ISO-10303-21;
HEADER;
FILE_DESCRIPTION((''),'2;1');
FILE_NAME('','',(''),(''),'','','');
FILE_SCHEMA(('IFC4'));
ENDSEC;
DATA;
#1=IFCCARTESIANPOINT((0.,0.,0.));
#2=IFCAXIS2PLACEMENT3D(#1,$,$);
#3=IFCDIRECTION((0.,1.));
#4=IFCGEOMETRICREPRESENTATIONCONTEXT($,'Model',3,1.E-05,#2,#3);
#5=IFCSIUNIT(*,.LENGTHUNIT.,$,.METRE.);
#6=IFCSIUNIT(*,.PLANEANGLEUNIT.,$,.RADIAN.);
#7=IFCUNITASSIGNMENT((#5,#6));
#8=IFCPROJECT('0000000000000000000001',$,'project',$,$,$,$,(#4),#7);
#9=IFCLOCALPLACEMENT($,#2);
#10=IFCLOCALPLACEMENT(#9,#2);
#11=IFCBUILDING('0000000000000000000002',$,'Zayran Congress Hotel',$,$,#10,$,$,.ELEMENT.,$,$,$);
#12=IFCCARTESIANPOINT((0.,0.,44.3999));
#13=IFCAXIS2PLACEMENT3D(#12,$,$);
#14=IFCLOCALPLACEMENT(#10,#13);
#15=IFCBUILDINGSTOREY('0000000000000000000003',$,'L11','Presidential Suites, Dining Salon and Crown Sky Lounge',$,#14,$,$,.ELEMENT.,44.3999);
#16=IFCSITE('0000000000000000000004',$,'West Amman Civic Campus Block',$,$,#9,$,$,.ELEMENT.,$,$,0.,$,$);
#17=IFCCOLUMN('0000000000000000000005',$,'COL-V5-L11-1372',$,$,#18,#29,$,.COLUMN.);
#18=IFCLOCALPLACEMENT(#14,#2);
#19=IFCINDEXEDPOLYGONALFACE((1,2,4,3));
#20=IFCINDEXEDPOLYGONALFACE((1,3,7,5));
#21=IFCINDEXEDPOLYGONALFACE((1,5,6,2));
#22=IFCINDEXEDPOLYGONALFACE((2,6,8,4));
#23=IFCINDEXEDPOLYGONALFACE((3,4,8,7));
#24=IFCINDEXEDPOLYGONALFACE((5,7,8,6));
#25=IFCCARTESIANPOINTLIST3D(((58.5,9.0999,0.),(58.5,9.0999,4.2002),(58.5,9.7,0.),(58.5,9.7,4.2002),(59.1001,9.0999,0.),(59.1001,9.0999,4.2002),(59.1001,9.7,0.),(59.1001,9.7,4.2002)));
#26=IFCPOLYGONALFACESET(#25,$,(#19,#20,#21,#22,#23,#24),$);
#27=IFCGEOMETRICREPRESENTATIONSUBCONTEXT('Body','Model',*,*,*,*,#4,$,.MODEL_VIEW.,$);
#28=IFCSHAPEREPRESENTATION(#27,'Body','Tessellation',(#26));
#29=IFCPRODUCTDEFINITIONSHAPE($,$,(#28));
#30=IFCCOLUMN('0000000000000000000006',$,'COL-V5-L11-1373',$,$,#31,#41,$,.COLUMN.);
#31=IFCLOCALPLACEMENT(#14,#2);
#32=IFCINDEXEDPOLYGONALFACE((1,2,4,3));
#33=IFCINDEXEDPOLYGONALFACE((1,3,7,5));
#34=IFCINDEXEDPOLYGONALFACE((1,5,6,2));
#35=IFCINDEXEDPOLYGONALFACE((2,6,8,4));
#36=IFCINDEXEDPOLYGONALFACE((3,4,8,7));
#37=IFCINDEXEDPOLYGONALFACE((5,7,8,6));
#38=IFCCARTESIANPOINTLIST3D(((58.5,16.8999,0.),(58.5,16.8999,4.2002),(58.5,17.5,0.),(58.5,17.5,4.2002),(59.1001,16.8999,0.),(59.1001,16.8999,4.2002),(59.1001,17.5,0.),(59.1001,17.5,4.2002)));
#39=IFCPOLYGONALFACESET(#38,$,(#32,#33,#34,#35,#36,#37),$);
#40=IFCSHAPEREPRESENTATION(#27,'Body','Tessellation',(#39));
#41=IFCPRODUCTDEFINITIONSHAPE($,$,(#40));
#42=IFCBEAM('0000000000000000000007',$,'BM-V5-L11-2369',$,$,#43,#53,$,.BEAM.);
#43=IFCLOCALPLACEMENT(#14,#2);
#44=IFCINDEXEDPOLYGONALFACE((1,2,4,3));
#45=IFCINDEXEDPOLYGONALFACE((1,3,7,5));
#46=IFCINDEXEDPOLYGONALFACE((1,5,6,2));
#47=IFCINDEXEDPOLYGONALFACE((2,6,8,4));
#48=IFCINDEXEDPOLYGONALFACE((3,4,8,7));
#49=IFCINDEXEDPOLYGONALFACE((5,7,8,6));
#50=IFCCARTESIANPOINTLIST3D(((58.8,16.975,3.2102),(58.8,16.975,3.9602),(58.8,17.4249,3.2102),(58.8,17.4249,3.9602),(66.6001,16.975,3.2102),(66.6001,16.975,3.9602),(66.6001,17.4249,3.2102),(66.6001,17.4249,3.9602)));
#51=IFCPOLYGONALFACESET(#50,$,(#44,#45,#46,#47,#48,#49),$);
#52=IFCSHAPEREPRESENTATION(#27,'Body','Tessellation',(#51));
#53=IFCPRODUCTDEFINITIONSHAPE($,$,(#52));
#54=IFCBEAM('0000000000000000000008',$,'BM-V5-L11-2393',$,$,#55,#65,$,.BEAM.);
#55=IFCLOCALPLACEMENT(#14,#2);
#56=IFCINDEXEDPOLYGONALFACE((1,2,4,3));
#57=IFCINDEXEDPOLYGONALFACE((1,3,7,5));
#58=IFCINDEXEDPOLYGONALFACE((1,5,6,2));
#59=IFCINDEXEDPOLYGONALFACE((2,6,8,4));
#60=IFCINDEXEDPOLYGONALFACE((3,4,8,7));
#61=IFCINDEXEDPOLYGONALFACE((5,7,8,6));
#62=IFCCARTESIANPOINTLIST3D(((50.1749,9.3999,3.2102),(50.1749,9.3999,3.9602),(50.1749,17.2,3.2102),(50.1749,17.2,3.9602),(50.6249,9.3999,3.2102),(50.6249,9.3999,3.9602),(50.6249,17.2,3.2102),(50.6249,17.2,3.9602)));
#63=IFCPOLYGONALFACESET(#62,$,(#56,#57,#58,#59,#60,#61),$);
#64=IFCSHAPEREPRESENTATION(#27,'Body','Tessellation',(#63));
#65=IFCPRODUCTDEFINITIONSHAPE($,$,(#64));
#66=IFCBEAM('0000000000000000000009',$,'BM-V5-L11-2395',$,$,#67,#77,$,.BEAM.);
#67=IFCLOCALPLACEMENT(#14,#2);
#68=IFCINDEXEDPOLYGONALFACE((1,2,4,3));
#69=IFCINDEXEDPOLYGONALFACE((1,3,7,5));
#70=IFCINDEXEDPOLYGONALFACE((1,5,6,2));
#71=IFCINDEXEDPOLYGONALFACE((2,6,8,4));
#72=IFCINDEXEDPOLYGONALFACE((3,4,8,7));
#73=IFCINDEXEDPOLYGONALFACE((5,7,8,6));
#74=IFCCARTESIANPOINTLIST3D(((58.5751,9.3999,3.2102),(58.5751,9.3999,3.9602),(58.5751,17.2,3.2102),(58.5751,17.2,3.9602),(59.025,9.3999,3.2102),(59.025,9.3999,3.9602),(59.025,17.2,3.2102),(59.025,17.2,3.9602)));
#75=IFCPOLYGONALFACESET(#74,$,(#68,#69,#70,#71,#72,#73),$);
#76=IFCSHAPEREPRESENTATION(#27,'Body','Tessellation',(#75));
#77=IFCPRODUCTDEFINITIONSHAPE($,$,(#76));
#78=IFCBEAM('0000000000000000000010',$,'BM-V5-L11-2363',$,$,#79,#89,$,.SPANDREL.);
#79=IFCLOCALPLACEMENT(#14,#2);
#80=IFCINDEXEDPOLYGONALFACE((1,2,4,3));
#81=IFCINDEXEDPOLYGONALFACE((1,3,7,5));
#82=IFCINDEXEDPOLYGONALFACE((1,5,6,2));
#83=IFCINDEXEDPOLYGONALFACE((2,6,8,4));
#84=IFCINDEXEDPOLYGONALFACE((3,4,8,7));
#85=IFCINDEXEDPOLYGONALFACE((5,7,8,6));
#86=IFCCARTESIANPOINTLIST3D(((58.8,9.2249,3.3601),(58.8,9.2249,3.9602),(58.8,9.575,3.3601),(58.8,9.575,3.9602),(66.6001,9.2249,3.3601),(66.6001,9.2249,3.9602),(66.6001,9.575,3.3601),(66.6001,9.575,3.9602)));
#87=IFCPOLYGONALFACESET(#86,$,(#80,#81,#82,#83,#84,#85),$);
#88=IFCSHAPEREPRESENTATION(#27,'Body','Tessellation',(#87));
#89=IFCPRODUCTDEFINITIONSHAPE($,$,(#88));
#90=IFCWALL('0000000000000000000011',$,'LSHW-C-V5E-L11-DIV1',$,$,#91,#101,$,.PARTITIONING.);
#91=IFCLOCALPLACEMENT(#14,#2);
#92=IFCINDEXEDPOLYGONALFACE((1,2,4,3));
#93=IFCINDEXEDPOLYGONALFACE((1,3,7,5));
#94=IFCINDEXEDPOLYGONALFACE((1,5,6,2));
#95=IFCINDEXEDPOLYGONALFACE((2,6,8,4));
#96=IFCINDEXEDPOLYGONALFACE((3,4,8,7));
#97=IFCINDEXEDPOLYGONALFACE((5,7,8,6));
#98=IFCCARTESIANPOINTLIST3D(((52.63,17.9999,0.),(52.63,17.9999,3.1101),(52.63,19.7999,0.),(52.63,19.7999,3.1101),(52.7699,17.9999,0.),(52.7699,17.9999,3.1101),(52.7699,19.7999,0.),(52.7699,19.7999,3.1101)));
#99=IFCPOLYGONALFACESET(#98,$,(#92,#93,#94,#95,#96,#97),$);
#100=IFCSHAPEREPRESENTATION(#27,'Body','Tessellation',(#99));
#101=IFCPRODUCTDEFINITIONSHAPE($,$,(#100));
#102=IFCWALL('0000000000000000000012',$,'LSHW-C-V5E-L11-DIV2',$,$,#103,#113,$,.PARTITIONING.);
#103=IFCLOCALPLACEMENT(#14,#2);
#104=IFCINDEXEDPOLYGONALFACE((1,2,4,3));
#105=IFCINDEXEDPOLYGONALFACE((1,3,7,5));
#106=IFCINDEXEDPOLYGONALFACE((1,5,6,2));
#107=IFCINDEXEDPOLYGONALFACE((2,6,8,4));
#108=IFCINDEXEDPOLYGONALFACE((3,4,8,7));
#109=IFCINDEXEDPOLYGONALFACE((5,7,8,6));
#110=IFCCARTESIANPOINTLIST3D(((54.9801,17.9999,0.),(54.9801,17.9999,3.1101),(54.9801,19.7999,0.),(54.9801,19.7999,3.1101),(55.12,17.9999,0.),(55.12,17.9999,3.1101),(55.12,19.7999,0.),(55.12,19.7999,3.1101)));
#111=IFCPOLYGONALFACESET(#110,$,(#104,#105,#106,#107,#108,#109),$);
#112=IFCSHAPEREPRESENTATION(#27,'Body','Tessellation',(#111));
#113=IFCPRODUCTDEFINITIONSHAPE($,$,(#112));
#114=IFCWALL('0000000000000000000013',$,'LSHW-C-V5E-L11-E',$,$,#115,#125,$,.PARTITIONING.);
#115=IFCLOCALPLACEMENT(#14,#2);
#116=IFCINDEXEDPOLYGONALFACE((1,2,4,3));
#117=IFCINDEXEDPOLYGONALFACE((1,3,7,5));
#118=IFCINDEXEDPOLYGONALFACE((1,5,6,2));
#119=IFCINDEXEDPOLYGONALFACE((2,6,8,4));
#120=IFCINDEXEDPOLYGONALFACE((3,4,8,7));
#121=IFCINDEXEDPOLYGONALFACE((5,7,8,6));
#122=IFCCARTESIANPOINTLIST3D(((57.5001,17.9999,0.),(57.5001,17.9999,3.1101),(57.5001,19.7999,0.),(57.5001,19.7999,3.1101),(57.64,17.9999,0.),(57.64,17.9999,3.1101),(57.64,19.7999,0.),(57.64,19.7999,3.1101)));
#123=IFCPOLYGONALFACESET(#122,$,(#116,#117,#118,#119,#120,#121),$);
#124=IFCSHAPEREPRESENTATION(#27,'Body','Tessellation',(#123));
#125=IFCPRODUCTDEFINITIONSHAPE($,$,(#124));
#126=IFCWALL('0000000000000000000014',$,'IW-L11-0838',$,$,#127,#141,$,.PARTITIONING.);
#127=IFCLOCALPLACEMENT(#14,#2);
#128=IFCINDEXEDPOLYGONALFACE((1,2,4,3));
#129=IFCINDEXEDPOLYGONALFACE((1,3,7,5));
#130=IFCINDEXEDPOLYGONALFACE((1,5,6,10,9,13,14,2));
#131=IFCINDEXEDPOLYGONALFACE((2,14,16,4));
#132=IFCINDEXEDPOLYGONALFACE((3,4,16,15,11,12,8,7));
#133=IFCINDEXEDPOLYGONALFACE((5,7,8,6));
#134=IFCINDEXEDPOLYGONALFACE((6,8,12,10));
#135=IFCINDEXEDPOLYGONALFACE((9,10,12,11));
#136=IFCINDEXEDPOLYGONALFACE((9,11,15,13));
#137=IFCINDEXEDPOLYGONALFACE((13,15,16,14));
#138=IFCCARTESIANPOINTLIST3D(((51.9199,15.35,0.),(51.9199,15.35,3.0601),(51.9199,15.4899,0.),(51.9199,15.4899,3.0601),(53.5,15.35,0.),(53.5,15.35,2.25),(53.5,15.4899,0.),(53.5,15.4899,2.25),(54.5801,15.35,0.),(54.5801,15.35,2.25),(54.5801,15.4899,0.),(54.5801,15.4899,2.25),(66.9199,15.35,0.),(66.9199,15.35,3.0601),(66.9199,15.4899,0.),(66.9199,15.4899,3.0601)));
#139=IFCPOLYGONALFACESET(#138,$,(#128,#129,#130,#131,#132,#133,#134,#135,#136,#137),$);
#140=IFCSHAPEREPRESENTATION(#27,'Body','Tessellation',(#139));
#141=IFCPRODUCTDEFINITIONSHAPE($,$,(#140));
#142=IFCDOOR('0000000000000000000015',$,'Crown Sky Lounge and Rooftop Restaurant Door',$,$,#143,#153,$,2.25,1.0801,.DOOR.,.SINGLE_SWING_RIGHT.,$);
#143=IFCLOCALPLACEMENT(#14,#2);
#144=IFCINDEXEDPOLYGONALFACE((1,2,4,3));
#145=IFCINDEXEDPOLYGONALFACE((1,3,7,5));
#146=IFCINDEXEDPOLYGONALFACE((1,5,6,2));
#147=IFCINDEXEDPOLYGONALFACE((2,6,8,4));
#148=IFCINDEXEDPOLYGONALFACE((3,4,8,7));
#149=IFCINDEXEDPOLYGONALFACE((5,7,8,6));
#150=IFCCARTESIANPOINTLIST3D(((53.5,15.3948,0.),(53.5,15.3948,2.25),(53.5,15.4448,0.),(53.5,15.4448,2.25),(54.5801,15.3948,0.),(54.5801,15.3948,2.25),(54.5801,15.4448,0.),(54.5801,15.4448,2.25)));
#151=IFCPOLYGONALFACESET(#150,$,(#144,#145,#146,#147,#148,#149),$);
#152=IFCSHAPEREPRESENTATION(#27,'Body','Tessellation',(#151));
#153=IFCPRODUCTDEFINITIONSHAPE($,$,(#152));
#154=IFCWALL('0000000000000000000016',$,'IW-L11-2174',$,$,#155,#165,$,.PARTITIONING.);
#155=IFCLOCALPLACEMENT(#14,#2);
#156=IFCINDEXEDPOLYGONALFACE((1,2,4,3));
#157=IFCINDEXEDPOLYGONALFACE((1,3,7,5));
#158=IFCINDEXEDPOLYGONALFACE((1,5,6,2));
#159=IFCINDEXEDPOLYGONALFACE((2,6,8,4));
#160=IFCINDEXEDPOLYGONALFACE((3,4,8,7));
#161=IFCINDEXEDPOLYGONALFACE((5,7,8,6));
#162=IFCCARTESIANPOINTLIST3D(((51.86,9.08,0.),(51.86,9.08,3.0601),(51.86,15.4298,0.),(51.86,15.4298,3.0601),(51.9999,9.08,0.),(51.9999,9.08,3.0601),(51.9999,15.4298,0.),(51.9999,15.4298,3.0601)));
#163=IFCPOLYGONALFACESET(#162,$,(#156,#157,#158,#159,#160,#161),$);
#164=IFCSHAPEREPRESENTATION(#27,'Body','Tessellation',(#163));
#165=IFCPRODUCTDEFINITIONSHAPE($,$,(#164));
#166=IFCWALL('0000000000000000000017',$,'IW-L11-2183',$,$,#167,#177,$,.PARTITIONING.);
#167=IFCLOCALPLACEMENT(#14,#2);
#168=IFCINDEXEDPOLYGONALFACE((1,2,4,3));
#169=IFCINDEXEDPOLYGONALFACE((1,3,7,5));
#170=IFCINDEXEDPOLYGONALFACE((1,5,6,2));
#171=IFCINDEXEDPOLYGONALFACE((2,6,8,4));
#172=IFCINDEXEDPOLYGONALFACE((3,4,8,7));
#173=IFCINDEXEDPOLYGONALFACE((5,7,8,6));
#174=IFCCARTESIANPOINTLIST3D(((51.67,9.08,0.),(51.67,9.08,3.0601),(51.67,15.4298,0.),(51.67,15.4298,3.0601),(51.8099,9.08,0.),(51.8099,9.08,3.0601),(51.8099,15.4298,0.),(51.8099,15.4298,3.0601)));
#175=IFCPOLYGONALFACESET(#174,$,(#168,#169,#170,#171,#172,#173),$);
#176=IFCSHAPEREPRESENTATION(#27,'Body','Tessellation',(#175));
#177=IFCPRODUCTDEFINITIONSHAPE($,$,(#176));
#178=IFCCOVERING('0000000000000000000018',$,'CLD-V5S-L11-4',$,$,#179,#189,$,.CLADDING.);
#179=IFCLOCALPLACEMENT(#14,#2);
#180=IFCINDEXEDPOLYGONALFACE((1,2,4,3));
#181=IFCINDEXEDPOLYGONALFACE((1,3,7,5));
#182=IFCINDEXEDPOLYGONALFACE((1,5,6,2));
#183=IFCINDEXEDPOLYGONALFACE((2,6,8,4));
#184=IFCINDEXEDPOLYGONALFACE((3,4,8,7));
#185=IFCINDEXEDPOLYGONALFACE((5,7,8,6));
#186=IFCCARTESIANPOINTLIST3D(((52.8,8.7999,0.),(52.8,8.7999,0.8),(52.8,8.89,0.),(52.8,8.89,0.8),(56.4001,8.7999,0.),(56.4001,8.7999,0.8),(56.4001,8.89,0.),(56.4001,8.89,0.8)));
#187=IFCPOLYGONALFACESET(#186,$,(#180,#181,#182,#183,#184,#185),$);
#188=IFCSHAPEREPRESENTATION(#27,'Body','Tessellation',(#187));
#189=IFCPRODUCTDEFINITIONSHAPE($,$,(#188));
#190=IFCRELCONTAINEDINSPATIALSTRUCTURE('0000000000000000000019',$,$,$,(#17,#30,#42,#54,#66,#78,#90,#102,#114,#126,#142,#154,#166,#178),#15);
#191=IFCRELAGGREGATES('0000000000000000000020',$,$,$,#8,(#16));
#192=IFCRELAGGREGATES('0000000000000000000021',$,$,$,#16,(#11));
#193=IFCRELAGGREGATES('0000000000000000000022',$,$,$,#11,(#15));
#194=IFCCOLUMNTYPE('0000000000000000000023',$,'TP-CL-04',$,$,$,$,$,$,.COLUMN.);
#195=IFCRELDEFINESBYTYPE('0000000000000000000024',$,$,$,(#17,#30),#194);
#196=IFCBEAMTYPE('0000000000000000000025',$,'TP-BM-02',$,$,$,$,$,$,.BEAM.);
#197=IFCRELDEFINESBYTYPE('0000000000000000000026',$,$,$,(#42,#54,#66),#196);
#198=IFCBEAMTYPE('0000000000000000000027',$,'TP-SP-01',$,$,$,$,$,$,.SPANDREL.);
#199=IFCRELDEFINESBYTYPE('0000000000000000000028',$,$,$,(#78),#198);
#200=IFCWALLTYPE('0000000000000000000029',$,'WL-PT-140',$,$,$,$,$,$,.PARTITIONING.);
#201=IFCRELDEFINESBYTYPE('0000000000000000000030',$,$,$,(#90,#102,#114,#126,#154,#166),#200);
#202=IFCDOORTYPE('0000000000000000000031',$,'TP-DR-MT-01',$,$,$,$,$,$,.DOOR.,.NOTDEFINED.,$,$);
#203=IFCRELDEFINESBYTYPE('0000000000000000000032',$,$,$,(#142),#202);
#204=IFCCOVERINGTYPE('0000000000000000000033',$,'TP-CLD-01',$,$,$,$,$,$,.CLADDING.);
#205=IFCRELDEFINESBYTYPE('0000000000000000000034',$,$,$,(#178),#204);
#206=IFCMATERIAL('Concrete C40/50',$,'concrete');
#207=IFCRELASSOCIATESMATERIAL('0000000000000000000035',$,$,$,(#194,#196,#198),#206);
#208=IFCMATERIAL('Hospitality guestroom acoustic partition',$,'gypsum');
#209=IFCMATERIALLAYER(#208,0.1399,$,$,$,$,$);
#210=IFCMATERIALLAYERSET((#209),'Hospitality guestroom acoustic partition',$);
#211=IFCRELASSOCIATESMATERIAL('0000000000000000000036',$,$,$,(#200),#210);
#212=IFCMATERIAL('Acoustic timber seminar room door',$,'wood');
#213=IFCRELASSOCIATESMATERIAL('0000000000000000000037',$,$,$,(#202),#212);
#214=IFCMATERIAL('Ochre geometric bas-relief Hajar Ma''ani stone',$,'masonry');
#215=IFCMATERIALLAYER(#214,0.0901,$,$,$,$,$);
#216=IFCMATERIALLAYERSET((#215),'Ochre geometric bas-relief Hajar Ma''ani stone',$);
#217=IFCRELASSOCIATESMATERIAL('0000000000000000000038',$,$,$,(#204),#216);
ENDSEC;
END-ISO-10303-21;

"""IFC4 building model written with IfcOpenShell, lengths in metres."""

from ifc_helpers import new_model, si_unit, direction, frame, frame_2d, origin, origin_2d, place, context, subcontext, project, spatial, rectangle, extrude, material, layer, layer_set, material_profile, profile_set, type_object, element, fill, save


model = new_model("IFC4")

# Units and contexts
model_context = context("Model", 3, precision=1e-05, world=origin(), true_north=direction((0.0, 1.0)))
body_context = subcontext(model_context, "Body", "Model", "MODEL_VIEW")
ifc_project = project(units=[si_unit("LENGTHUNIT", "METRE"), si_unit("PLANEANGLEUNIT", "RADIAN")], contexts=[model_context])

# Site, building, storey
site_placement = place(None, origin())
site = spatial("IfcSite", under=ifc_project, at=site_placement, Name="West Amman Civic Campus Block", CompositionType="ELEMENT", RefElevation=0.0)
building_placement = place(site_placement, origin())
building = spatial("IfcBuilding", under=site, at=building_placement, Name="Zayran Congress Hotel", CompositionType="ELEMENT")
storey_placement = place(building_placement, frame((0.0, 0.0, 44.3999)))
storey = spatial("IfcBuildingStorey", under=building, at=storey_placement, Name="L11", Description="Presidential Suites, Dining Salon and Crown Sky Lounge", CompositionType="ELEMENT", Elevation=44.3999)

# Columns
ifc_material_1 = material(Name="Concrete C40/50", Category="concrete")
ifc_material_profile_1 = material_profile(ifc_material_1, rectangle(XDim=0.6001, YDim=0.6001, at=origin_2d()), Name="RC 600x600")
ifc_profile_set_1 = profile_set([ifc_material_profile_1], Name="Concrete C40/50")
column_type = type_object("IfcColumnType", Name="TP-CL-04", PredefinedType="COLUMN", material=ifc_profile_set_1)
for number, where, z_axis, x_axis, name in (
    (1, (58.8, 9.3999, 0.0), (0.0, 0.0, 1.0), (1.0, 0.0, 0.0), "COL-V5-L11-1372"),
    (2, (58.8, 17.2, 0.0), (0.0, 0.0, 1.0), (1.0, 0.0, 0.0), "COL-V5-L11-1373"),
):
    element("IfcColumn", number, at=place(storey_placement, frame(where, z_axis=z_axis, x_axis=x_axis)), inside=storey, type_object=column_type, Name=name, PredefinedType="COLUMN", context=body_context, shape_type="SweptSolid", body=[
        extrude(rectangle(XDim=0.6001, YDim=0.6001, at=origin_2d()), origin(), (0.0, 0.0, 1.0), 4.2002),
    ])

# Beams
ifc_material_profile_2 = material_profile(ifc_material_1, rectangle(XDim=0.45, YDim=0.75, at=origin_2d()), Name="RC 450x750")
ifc_profile_set_2 = profile_set([ifc_material_profile_2], Name="Concrete C40/50")
beam_type_1 = type_object("IfcBeamType", Name="TP-BM-02", PredefinedType="BEAM", material=ifc_profile_set_2)
for number, where, z_axis, x_axis, name in (
    (3, (58.8, 17.2, 3.5852), (1.0, 0.0, 0.0), (0.0, 1.0, 0.0), "BM-V5-L11-2369"),
    (4, (50.3999, 9.3999, 3.5852), (0.0, 1.0, 0.0), (-1.0, 0.0, 0.0), "BM-V5-L11-2393"),
    (5, (58.8, 9.3999, 3.5852), (0.0, 1.0, 0.0), (-1.0, 0.0, 0.0), "BM-V5-L11-2395"),
):
    element("IfcBeam", number, at=place(storey_placement, frame(where, z_axis=z_axis, x_axis=x_axis)), inside=storey, type_object=beam_type_1, Name=name, PredefinedType="BEAM", context=body_context, shape_type="SweptSolid", body=[
        extrude(rectangle(XDim=0.45, YDim=0.75, at=origin_2d()), origin(), (0.0, 0.0, 1.0), 7.8),
    ])
ifc_material_profile_3 = material_profile(ifc_material_1, rectangle(XDim=0.3501, YDim=0.6001, at=origin_2d()), Name="RC 350x600")
ifc_profile_set_3 = profile_set([ifc_material_profile_3], Name="Concrete C40/50")
beam_type_2 = type_object("IfcBeamType", Name="TP-SP-01", PredefinedType="SPANDREL", material=ifc_profile_set_3)
beam_placement = place(storey_placement, frame((58.8, 9.3999, 3.6602), z_axis=(1.0, 0.0, 0.0), x_axis=(0.0, 1.0, 0.0)))
element("IfcBeam", 6, at=beam_placement, inside=storey, type_object=beam_type_2, Name="BM-V5-L11-2363", PredefinedType="SPANDREL", context=body_context, shape_type="SweptSolid", body=[
    extrude(rectangle(XDim=0.3501, YDim=0.6001, at=origin_2d()), origin(), (0.0, 0.0, 1.0), 7.8),
])

# Walls
ifc_material_2 = material(Name="Hospitality guestroom acoustic partition", Category="gypsum")
ifc_layer_1 = layer(ifc_material_2, 0.1399)
ifc_layer_set_1 = layer_set([ifc_layer_1], Name="Hospitality guestroom acoustic partition")
wall_type = type_object("IfcWallType", Name="WL-PT-140", PredefinedType="PARTITIONING", material=ifc_layer_set_1)
for number, where, z_axis, x_axis, name in (
    (7, (52.7, 18.0, 0.0), (0.0, 0.0, 1.0), (0.0, 1.0, 0.0), "LSHW-C-V5E-L11-DIV1"),
    (8, (55.05, 18.0, 0.0), (0.0, 0.0, 1.0), (0.0, 1.0, 0.0), "LSHW-C-V5E-L11-DIV2"),
    (9, (57.5701, 18.0, 0.0), (0.0, 0.0, 1.0), (0.0, 1.0, 0.0), "LSHW-C-V5E-L11-E"),
):
    element("IfcWall", number, at=place(storey_placement, frame(where, z_axis=z_axis, x_axis=x_axis)), inside=storey, type_object=wall_type, Name=name, PredefinedType="PARTITIONING", context=body_context, shape_type="SweptSolid", body=[
        extrude(rectangle(XDim=1.8, YDim=0.1399, at=frame_2d((0.8999, 0.0))), origin(), (0.0, 0.0, 1.0), 3.1101),
    ])

# Wall, opening, door
wall_placement = place(storey_placement, frame((51.9199, 15.4199, 0.0), z_axis=(0.0, 0.0, 1.0), x_axis=(1.0, 0.0, 0.0)))
wall = element("IfcWall", 10, at=wall_placement, inside=storey, type_object=wall_type, Name="IW-L11-0838", PredefinedType="PARTITIONING", context=body_context, shape_type="SweptSolid", body=[
    extrude(rectangle(XDim=15.0, YDim=0.1399, at=frame_2d((7.5, 0.0))), origin(), (0.0, 0.0, 1.0), 3.0601),
])
opening_placement = place(wall_placement, frame((1.5801, 0.0, 0.0)))
opening = element("IfcOpeningElement", 11, at=opening_placement, cuts=wall, PredefinedType="OPENING", context=body_context, shape_type="SweptSolid", body=[
    extrude(rectangle(XDim=1.0801, YDim=2.25, at=frame_2d((0.54, 1.125))), frame((0.0, 0.0798, 0.0), z_axis=(0.0, -1.0, 0.0), x_axis=(1.0, 0.0, 0.0)), (0.0, 0.0, 1.0), 0.1599),
])
ifc_material_3 = material(Name="Acoustic timber seminar room door", Category="wood")
door_type = type_object("IfcDoorType", Name="TP-DR-MT-01", OperationType="NOTDEFINED", PredefinedType="DOOR", material=ifc_material_3)
door_placement = place(opening_placement, origin())
door = element("IfcDoor", 12, at=door_placement, inside=storey, type_object=door_type, Name="Crown Sky Lounge and Rooftop Restaurant Door", OperationType="SINGLE_SWING_RIGHT", OverallHeight=2.25, OverallWidth=1.0801, PredefinedType="DOOR", context=body_context, shape_type="SweptSolid", body=[
    extrude(rectangle(XDim=1.0801, YDim=2.25, at=frame_2d((0.54, 1.125))), frame((0.0, 0.0249, 0.0), z_axis=(0.0, -1.0, 0.0), x_axis=(1.0, 0.0, 0.0)), (0.0, 0.0, 1.0), 0.05),
])
fill(opening, door)

# Walls
for number, where, z_axis, x_axis, name in (
    (13, (51.9299, 9.0801, 0.0), (0.0, 0.0, 1.0), (0.0, 1.0, 0.0), "IW-L11-2174"),
    (14, (51.74, 9.0801, 0.0), (0.0, 0.0, 1.0), (0.0, 1.0, 0.0), "IW-L11-2183"),
):
    element("IfcWall", number, at=place(storey_placement, frame(where, z_axis=z_axis, x_axis=x_axis)), inside=storey, type_object=wall_type, Name=name, PredefinedType="PARTITIONING", context=body_context, shape_type="SweptSolid", body=[
        extrude(rectangle(XDim=6.3499, YDim=0.1399, at=frame_2d((3.1748, 0.0))), origin(), (0.0, 0.0, 1.0), 3.0601),
    ])

# Covering
ifc_material_4 = material(Name="Ochre geometric bas-relief Hajar Ma'ani stone", Category="masonry")
ifc_layer_2 = layer(ifc_material_4, 0.0901)
ifc_layer_set_2 = layer_set([ifc_layer_2], Name="Ochre geometric bas-relief Hajar Ma'ani stone")
covering_type = type_object("IfcCoveringType", Name="TP-CLD-01", PredefinedType="CLADDING", material=ifc_layer_set_2)
covering_placement = place(storey_placement, frame((54.6001, 8.845, 0.0), z_axis=(0.0, 0.0, 1.0), x_axis=(1.0, 0.0, 0.0)))
element("IfcCovering", 15, at=covering_placement, inside=storey, type_object=covering_type, Name="CLD-V5S-L11-4", PredefinedType="CLADDING", context=body_context, shape_type="SweptSolid", body=[
    extrude(rectangle(XDim=3.6001, YDim=0.0901, at=origin_2d()), origin(), (0.0, 0.0, 1.0), 0.8),
])

save(model, "model.ifc")
